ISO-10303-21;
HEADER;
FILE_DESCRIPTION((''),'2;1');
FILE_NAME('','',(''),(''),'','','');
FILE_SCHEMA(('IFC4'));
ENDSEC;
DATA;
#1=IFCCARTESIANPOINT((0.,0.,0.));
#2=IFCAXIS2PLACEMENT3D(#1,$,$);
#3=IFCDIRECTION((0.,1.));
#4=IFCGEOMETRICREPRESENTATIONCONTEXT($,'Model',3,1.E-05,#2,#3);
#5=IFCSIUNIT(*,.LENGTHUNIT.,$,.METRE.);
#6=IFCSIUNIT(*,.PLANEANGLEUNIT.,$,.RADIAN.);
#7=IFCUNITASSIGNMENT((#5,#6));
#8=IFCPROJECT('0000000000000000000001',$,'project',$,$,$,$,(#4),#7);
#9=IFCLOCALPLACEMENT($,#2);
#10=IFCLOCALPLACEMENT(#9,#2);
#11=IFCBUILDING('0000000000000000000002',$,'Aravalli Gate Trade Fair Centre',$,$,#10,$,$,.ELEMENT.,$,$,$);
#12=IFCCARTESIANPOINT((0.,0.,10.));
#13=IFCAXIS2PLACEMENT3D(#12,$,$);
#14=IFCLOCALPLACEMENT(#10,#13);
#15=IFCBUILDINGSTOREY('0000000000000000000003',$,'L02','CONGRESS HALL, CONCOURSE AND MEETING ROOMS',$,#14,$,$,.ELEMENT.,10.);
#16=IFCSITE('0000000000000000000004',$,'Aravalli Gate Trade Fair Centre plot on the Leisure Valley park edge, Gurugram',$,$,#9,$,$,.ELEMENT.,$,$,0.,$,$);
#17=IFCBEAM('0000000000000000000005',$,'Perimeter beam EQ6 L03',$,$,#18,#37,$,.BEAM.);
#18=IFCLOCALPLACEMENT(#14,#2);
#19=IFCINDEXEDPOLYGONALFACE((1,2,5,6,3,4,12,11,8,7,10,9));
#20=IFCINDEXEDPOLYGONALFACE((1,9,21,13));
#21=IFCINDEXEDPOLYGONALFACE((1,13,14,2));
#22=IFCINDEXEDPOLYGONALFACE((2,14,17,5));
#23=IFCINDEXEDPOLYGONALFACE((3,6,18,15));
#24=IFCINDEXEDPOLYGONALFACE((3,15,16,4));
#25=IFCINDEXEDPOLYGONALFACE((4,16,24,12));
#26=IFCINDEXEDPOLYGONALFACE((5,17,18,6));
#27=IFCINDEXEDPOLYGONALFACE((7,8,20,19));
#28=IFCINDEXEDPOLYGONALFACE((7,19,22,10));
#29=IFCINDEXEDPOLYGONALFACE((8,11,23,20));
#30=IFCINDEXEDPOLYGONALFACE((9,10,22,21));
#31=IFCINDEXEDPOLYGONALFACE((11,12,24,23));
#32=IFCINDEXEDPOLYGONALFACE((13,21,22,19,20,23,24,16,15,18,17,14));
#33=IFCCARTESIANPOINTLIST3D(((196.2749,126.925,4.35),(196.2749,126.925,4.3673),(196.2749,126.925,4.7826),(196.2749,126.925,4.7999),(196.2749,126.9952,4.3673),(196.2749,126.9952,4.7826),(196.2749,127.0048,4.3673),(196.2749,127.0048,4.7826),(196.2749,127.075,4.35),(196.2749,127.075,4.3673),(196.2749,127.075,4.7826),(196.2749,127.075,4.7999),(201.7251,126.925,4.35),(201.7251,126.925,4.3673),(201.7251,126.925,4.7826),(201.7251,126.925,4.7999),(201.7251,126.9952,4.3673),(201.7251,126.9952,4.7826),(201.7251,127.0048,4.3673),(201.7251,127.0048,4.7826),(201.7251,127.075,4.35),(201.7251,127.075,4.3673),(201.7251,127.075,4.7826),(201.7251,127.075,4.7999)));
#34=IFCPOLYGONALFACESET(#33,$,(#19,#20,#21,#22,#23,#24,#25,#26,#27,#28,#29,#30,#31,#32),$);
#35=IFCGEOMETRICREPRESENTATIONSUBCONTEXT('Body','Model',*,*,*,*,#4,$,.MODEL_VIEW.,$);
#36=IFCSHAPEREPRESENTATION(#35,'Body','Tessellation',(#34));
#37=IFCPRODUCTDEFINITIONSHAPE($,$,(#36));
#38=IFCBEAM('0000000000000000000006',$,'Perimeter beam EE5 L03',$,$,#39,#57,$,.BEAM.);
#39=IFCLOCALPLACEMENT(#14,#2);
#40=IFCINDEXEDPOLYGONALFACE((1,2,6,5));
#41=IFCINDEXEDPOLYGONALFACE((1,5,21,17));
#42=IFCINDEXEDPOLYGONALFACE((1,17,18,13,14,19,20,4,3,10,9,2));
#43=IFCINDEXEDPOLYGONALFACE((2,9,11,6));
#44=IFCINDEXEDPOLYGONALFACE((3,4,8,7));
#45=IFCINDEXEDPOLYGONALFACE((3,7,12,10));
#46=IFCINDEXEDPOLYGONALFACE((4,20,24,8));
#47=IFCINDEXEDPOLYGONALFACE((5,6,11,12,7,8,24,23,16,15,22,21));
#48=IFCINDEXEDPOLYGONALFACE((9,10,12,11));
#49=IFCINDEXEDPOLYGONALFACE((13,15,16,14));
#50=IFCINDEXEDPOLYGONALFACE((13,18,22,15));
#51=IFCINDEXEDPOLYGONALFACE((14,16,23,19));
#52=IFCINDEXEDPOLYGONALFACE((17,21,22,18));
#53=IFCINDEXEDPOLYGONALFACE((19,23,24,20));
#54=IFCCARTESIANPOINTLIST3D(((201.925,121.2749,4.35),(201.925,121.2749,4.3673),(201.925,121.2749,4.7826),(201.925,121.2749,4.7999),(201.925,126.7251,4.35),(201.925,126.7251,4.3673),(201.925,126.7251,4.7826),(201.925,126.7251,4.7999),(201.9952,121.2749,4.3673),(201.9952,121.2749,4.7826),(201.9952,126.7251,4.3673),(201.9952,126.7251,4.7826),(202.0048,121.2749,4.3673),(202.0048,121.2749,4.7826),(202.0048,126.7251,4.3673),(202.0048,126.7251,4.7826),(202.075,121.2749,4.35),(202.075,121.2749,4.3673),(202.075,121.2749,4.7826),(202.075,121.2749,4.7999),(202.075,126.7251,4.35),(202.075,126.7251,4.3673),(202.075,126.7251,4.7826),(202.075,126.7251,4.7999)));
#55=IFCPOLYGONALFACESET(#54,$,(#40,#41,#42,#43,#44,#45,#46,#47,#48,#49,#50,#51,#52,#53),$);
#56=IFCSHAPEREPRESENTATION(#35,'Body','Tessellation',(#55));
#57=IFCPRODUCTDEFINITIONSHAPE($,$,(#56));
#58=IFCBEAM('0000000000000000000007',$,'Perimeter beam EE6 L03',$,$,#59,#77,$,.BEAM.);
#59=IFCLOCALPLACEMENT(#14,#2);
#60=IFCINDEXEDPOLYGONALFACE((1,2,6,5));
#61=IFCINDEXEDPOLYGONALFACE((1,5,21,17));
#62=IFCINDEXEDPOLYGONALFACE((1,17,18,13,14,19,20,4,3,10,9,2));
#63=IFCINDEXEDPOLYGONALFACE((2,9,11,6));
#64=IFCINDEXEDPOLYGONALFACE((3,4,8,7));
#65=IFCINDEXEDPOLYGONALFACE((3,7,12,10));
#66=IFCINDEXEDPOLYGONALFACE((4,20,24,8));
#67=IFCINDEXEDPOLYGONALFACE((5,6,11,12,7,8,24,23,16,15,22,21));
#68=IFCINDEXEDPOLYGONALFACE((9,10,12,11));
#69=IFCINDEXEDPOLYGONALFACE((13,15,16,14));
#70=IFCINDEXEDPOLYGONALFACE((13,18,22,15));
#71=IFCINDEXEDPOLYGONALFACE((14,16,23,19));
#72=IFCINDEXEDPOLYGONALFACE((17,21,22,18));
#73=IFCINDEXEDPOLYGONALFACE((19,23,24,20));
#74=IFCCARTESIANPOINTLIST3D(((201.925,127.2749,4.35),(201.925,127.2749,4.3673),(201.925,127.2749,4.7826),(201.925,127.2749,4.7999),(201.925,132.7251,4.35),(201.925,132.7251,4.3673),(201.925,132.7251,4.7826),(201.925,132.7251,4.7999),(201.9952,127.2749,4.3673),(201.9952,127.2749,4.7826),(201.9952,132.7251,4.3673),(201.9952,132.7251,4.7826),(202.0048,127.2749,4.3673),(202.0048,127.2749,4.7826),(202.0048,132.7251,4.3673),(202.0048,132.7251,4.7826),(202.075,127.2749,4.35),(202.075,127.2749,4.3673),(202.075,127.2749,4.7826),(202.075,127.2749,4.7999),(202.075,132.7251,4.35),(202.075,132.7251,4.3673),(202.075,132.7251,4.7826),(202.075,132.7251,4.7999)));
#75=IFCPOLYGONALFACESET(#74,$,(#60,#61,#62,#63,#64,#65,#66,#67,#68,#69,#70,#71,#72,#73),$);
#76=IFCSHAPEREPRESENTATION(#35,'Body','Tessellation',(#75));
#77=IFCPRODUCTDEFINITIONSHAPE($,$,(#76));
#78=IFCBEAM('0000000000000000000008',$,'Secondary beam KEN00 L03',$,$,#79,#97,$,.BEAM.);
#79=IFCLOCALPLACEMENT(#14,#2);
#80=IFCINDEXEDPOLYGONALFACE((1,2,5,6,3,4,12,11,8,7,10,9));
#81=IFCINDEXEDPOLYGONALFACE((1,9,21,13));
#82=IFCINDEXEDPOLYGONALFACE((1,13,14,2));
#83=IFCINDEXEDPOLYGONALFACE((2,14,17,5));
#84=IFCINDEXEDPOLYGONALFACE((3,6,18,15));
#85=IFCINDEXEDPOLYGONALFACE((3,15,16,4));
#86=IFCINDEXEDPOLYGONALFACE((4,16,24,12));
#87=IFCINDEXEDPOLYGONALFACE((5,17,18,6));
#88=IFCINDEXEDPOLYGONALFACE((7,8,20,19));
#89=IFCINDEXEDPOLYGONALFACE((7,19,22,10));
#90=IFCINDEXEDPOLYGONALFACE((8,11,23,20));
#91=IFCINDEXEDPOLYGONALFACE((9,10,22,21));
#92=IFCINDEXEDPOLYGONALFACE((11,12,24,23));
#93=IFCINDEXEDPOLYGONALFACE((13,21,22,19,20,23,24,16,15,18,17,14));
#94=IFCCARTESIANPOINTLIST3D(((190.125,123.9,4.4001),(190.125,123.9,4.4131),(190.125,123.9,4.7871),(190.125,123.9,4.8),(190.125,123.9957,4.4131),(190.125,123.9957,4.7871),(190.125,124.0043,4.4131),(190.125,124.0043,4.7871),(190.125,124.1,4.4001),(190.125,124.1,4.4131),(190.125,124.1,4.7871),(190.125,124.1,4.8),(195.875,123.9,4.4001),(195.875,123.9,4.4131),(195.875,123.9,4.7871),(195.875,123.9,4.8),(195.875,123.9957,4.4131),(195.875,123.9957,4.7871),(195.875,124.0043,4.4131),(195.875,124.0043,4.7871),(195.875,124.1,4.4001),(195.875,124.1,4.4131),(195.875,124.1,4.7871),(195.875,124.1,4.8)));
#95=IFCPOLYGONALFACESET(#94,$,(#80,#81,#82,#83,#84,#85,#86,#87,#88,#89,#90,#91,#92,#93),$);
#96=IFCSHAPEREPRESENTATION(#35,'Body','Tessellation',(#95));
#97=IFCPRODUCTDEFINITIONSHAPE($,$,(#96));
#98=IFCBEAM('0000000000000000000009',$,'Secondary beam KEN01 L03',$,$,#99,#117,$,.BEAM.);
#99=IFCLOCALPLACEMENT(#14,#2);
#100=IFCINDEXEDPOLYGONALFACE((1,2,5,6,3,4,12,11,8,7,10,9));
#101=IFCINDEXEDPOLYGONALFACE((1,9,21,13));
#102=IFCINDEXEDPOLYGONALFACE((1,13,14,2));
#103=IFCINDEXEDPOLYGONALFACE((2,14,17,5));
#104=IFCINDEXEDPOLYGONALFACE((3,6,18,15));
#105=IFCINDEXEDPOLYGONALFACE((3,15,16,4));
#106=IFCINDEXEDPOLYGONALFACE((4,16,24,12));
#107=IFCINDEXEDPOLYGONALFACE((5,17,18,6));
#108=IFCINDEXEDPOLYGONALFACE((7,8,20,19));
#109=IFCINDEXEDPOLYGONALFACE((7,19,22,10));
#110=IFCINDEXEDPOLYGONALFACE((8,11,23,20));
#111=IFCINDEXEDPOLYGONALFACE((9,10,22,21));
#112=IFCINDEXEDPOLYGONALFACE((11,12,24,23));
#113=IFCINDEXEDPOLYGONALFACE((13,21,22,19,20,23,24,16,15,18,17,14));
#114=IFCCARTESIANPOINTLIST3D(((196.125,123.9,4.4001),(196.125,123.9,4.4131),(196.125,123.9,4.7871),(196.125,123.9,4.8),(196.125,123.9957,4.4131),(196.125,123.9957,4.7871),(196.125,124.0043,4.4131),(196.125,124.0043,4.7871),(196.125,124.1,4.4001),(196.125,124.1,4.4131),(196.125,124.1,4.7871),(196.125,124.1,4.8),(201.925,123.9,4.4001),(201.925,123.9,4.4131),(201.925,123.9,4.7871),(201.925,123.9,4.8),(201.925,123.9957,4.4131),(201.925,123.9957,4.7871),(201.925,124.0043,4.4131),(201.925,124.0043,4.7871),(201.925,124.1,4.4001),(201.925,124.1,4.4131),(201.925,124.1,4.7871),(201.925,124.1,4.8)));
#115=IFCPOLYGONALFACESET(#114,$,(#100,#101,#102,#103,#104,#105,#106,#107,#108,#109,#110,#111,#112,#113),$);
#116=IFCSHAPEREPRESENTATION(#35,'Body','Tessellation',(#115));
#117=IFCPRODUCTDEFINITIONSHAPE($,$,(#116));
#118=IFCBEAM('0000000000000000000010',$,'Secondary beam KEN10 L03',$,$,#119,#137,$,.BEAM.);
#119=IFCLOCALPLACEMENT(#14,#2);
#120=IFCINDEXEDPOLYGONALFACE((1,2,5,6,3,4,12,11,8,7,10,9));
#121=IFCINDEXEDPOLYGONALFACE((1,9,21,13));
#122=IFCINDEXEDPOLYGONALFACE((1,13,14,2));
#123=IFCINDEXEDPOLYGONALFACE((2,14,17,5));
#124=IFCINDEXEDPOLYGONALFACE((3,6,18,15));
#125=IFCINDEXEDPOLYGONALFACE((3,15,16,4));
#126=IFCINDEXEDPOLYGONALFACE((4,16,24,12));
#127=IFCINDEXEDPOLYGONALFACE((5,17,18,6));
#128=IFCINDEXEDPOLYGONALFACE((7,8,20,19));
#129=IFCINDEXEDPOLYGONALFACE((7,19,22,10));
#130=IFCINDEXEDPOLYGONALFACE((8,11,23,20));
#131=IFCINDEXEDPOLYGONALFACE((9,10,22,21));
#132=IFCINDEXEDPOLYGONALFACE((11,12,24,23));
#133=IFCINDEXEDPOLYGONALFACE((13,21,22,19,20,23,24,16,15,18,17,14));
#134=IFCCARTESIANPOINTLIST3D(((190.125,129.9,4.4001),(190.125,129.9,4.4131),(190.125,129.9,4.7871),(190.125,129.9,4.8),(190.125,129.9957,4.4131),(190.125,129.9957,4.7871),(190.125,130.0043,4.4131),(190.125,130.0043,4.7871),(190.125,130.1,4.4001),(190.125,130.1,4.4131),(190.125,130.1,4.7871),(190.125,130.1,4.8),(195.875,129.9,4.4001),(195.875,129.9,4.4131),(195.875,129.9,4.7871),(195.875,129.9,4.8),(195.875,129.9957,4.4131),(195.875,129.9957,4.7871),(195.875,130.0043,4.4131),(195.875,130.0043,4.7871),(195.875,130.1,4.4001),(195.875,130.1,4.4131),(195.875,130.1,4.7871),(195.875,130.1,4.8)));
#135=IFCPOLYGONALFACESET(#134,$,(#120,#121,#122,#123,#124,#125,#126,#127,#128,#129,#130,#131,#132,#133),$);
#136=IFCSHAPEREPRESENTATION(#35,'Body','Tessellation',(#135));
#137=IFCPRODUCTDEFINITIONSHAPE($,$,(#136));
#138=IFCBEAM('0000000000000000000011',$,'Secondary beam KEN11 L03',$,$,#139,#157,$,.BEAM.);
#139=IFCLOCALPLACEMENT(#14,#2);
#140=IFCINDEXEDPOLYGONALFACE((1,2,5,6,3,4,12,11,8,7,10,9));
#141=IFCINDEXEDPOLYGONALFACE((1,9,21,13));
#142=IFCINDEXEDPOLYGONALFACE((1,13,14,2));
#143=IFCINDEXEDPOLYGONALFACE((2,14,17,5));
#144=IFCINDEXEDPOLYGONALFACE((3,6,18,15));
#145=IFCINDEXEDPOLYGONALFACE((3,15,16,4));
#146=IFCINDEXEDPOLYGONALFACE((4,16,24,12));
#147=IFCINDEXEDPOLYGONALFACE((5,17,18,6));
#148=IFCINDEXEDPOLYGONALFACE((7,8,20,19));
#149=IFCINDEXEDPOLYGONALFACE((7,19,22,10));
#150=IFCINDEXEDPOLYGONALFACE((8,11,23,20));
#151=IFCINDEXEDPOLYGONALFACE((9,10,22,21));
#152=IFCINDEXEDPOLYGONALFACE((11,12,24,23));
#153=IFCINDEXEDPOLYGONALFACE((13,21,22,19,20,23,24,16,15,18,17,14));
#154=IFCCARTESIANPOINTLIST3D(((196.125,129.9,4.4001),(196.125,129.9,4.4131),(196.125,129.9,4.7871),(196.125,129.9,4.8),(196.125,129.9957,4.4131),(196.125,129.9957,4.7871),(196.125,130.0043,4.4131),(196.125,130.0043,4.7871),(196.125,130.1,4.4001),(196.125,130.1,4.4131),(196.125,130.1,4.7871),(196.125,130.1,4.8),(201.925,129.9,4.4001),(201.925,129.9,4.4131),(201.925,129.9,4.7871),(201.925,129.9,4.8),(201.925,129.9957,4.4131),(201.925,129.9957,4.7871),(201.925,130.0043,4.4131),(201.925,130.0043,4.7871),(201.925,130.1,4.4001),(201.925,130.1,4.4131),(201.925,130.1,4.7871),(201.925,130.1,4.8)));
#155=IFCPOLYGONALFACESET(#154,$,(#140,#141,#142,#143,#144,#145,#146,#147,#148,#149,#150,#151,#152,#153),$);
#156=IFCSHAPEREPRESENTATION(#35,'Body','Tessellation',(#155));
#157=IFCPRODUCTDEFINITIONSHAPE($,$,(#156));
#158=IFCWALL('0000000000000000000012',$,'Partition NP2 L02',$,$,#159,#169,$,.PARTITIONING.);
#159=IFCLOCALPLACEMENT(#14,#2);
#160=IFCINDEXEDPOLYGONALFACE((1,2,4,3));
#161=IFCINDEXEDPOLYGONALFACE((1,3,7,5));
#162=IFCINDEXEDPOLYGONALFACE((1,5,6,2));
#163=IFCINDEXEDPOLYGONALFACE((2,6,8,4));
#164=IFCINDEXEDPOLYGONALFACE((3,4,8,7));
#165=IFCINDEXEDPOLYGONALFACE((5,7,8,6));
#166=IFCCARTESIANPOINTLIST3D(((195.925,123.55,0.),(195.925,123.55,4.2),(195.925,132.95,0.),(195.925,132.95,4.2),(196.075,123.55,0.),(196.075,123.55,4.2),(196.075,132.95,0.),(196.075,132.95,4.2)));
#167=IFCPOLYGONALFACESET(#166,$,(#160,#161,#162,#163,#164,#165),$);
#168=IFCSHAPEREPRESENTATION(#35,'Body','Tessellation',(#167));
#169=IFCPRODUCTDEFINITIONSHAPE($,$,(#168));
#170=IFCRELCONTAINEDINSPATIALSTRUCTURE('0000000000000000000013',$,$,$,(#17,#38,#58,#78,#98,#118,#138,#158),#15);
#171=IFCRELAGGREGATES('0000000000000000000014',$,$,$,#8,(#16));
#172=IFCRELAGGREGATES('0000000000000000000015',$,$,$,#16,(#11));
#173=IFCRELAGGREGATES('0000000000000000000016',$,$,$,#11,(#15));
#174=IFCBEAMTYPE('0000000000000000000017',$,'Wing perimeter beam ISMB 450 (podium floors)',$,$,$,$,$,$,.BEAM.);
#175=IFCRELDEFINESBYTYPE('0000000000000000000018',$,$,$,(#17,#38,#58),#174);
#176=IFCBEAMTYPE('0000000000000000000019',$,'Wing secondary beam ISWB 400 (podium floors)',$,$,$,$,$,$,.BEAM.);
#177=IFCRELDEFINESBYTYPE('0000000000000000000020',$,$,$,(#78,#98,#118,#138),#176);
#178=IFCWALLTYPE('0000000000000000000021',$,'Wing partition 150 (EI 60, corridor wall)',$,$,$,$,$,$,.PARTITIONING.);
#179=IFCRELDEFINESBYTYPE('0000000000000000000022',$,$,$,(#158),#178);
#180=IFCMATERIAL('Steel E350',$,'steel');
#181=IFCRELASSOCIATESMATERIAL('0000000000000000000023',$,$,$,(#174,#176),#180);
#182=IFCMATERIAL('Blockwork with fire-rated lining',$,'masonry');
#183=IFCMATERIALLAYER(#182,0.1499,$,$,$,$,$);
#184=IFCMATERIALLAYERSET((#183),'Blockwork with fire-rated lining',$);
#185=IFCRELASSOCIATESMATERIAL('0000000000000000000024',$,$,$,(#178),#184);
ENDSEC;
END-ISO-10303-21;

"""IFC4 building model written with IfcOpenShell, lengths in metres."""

from ifc_helpers import new_model, si_unit, direction, frame, frame_2d, origin, origin_2d, place, context, subcontext, project, spatial, rectangle, i_section, extrude, material, layer, layer_set, material_profile, profile_set, type_object, element, save


model = new_model("IFC4")

# Units and contexts
model_context = context("Model", 3, precision=1e-05, world=origin(), true_north=direction((0.0, 1.0)))
body_context = subcontext(model_context, "Body", "Model", "MODEL_VIEW")
ifc_project = project(units=[si_unit("LENGTHUNIT", "METRE"), si_unit("PLANEANGLEUNIT", "RADIAN")], contexts=[model_context])

# Site, building, storey
site_placement = place(None, origin())
site = spatial("IfcSite", under=ifc_project, at=site_placement, Name="Aravalli Gate Trade Fair Centre plot on the Leisure Valley park edge, Gurugram", CompositionType="ELEMENT", RefElevation=0.0)
building_placement = place(site_placement, origin())
building = spatial("IfcBuilding", under=site, at=building_placement, Name="Aravalli Gate Trade Fair Centre", CompositionType="ELEMENT")
storey_placement = place(building_placement, frame((0.0, 0.0, 10.0)))
storey = spatial("IfcBuildingStorey", under=building, at=storey_placement, Name="L02", Description="CONGRESS HALL, CONCOURSE AND MEETING ROOMS", CompositionType="ELEMENT", Elevation=10.0)

# Shared definitions
ifc_material_1 = material(Name="Steel E350", Category="steel")

# Beams
ifc_material_profile_1 = material_profile(ifc_material_1, i_section(OverallWidth=0.1499, OverallDepth=0.45, WebThickness=0.0095, FlangeThickness=0.0173, at=origin_2d()), Name="ISMB 450")
ifc_profile_set_1 = profile_set([ifc_material_profile_1], Name="Steel E350")
beam_type_1 = type_object("IfcBeamType", Name="Wing perimeter beam ISMB 450 (podium floors)", PredefinedType="BEAM", material=ifc_profile_set_1)
for number, where, z_axis, x_axis, name in (
    (1, (196.2749, 127.0, 4.575), (1.0, 0.0, 0.0), (0.0, 1.0, 0.0), "Perimeter beam EQ6 L03"),
    (2, (202.0, 121.2749, 4.575), (0.0, 1.0, 0.0), (-1.0, 0.0, 0.0), "Perimeter beam EE5 L03"),
    (3, (202.0, 127.2749, 4.575), (0.0, 1.0, 0.0), (-1.0, 0.0, 0.0), "Perimeter beam EE6 L03"),
):
    element("IfcBeam", number, at=place(storey_placement, frame(where, z_axis=z_axis, x_axis=x_axis)), inside=storey, type_object=beam_type_1, Name=name, PredefinedType="BEAM", context=body_context, shape_type="SweptSolid", body=[
        extrude(i_section(OverallWidth=0.1499, OverallDepth=0.45, WebThickness=0.0095, FlangeThickness=0.0173, at=origin_2d()), origin(), (0.0, 0.0, 1.0), 5.4502),
    ])
ifc_material_profile_2 = material_profile(ifc_material_1, i_section(OverallWidth=0.2, OverallDepth=0.3999, WebThickness=0.0085, FlangeThickness=0.0129, at=origin_2d()), Name="ISWB 400")
ifc_profile_set_2 = profile_set([ifc_material_profile_2], Name="Steel E350")
beam_type_2 = type_object("IfcBeamType", Name="Wing secondary beam ISWB 400 (podium floors)", PredefinedType="BEAM", material=ifc_profile_set_2)
beam_1_placement = place(storey_placement, frame((190.125, 124.0, 4.6001), z_axis=(1.0, 0.0, 0.0), x_axis=(0.0, 1.0, 0.0)))
element("IfcBeam", 4, at=beam_1_placement, inside=storey, type_object=beam_type_2, Name="Secondary beam KEN00 L03", PredefinedType="BEAM", context=body_context, shape_type="SweptSolid", body=[
    extrude(i_section(OverallWidth=0.2, OverallDepth=0.3999, WebThickness=0.0085, FlangeThickness=0.0129, at=origin_2d()), origin(), (0.0, 0.0, 1.0), 5.75),
])
beam_2_placement = place(storey_placement, frame((196.125, 124.0, 4.6001), z_axis=(1.0, 0.0, 0.0), x_axis=(0.0, 1.0, 0.0)))
element("IfcBeam", 5, at=beam_2_placement, inside=storey, type_object=beam_type_2, Name="Secondary beam KEN01 L03", PredefinedType="BEAM", context=body_context, shape_type="SweptSolid", body=[
    extrude(i_section(OverallWidth=0.2, OverallDepth=0.3999, WebThickness=0.0085, FlangeThickness=0.0129, at=origin_2d()), origin(), (0.0, 0.0, 1.0), 5.8),
])
beam_3_placement = place(storey_placement, frame((190.125, 130.0, 4.6001), z_axis=(1.0, 0.0, 0.0), x_axis=(0.0, 1.0, 0.0)))
element("IfcBeam", 6, at=beam_3_placement, inside=storey, type_object=beam_type_2, Name="Secondary beam KEN10 L03", PredefinedType="BEAM", context=body_context, shape_type="SweptSolid", body=[
    extrude(i_section(OverallWidth=0.2, OverallDepth=0.3999, WebThickness=0.0085, FlangeThickness=0.0129, at=origin_2d()), origin(), (0.0, 0.0, 1.0), 5.75),
])
beam_4_placement = place(storey_placement, frame((196.125, 130.0, 4.6001), z_axis=(1.0, 0.0, 0.0), x_axis=(0.0, 1.0, 0.0)))
element("IfcBeam", 7, at=beam_4_placement, inside=storey, type_object=beam_type_2, Name="Secondary beam KEN11 L03", PredefinedType="BEAM", context=body_context, shape_type="SweptSolid", body=[
    extrude(i_section(OverallWidth=0.2, OverallDepth=0.3999, WebThickness=0.0085, FlangeThickness=0.0129, at=origin_2d()), origin(), (0.0, 0.0, 1.0), 5.8),
])

# Wall
ifc_material_2 = material(Name="Blockwork with fire-rated lining", Category="masonry")
ifc_layer_1 = layer(ifc_material_2, 0.1499)
ifc_layer_set_1 = layer_set([ifc_layer_1], Name="Blockwork with fire-rated lining")
wall_type_1 = type_object("IfcWallType", Name="Wing partition 150 (EI 60, corridor wall)", PredefinedType="PARTITIONING", material=ifc_layer_set_1)
wall_1_placement = place(storey_placement, frame((196.0, 123.55, 0.0), z_axis=(0.0, 0.0, 1.0), x_axis=(0.0, 1.0, 0.0)))
element("IfcWall", 8, at=wall_1_placement, inside=storey, type_object=wall_type_1, Name="Partition NP2 L02", PredefinedType="PARTITIONING", context=body_context, shape_type="SweptSolid", body=[
    extrude(rectangle(XDim=9.3999, YDim=0.1499, at=frame_2d((4.7, 0.0))), origin(), (0.0, 0.0, 1.0), 4.2),
])

save(model, "model.ifc")
